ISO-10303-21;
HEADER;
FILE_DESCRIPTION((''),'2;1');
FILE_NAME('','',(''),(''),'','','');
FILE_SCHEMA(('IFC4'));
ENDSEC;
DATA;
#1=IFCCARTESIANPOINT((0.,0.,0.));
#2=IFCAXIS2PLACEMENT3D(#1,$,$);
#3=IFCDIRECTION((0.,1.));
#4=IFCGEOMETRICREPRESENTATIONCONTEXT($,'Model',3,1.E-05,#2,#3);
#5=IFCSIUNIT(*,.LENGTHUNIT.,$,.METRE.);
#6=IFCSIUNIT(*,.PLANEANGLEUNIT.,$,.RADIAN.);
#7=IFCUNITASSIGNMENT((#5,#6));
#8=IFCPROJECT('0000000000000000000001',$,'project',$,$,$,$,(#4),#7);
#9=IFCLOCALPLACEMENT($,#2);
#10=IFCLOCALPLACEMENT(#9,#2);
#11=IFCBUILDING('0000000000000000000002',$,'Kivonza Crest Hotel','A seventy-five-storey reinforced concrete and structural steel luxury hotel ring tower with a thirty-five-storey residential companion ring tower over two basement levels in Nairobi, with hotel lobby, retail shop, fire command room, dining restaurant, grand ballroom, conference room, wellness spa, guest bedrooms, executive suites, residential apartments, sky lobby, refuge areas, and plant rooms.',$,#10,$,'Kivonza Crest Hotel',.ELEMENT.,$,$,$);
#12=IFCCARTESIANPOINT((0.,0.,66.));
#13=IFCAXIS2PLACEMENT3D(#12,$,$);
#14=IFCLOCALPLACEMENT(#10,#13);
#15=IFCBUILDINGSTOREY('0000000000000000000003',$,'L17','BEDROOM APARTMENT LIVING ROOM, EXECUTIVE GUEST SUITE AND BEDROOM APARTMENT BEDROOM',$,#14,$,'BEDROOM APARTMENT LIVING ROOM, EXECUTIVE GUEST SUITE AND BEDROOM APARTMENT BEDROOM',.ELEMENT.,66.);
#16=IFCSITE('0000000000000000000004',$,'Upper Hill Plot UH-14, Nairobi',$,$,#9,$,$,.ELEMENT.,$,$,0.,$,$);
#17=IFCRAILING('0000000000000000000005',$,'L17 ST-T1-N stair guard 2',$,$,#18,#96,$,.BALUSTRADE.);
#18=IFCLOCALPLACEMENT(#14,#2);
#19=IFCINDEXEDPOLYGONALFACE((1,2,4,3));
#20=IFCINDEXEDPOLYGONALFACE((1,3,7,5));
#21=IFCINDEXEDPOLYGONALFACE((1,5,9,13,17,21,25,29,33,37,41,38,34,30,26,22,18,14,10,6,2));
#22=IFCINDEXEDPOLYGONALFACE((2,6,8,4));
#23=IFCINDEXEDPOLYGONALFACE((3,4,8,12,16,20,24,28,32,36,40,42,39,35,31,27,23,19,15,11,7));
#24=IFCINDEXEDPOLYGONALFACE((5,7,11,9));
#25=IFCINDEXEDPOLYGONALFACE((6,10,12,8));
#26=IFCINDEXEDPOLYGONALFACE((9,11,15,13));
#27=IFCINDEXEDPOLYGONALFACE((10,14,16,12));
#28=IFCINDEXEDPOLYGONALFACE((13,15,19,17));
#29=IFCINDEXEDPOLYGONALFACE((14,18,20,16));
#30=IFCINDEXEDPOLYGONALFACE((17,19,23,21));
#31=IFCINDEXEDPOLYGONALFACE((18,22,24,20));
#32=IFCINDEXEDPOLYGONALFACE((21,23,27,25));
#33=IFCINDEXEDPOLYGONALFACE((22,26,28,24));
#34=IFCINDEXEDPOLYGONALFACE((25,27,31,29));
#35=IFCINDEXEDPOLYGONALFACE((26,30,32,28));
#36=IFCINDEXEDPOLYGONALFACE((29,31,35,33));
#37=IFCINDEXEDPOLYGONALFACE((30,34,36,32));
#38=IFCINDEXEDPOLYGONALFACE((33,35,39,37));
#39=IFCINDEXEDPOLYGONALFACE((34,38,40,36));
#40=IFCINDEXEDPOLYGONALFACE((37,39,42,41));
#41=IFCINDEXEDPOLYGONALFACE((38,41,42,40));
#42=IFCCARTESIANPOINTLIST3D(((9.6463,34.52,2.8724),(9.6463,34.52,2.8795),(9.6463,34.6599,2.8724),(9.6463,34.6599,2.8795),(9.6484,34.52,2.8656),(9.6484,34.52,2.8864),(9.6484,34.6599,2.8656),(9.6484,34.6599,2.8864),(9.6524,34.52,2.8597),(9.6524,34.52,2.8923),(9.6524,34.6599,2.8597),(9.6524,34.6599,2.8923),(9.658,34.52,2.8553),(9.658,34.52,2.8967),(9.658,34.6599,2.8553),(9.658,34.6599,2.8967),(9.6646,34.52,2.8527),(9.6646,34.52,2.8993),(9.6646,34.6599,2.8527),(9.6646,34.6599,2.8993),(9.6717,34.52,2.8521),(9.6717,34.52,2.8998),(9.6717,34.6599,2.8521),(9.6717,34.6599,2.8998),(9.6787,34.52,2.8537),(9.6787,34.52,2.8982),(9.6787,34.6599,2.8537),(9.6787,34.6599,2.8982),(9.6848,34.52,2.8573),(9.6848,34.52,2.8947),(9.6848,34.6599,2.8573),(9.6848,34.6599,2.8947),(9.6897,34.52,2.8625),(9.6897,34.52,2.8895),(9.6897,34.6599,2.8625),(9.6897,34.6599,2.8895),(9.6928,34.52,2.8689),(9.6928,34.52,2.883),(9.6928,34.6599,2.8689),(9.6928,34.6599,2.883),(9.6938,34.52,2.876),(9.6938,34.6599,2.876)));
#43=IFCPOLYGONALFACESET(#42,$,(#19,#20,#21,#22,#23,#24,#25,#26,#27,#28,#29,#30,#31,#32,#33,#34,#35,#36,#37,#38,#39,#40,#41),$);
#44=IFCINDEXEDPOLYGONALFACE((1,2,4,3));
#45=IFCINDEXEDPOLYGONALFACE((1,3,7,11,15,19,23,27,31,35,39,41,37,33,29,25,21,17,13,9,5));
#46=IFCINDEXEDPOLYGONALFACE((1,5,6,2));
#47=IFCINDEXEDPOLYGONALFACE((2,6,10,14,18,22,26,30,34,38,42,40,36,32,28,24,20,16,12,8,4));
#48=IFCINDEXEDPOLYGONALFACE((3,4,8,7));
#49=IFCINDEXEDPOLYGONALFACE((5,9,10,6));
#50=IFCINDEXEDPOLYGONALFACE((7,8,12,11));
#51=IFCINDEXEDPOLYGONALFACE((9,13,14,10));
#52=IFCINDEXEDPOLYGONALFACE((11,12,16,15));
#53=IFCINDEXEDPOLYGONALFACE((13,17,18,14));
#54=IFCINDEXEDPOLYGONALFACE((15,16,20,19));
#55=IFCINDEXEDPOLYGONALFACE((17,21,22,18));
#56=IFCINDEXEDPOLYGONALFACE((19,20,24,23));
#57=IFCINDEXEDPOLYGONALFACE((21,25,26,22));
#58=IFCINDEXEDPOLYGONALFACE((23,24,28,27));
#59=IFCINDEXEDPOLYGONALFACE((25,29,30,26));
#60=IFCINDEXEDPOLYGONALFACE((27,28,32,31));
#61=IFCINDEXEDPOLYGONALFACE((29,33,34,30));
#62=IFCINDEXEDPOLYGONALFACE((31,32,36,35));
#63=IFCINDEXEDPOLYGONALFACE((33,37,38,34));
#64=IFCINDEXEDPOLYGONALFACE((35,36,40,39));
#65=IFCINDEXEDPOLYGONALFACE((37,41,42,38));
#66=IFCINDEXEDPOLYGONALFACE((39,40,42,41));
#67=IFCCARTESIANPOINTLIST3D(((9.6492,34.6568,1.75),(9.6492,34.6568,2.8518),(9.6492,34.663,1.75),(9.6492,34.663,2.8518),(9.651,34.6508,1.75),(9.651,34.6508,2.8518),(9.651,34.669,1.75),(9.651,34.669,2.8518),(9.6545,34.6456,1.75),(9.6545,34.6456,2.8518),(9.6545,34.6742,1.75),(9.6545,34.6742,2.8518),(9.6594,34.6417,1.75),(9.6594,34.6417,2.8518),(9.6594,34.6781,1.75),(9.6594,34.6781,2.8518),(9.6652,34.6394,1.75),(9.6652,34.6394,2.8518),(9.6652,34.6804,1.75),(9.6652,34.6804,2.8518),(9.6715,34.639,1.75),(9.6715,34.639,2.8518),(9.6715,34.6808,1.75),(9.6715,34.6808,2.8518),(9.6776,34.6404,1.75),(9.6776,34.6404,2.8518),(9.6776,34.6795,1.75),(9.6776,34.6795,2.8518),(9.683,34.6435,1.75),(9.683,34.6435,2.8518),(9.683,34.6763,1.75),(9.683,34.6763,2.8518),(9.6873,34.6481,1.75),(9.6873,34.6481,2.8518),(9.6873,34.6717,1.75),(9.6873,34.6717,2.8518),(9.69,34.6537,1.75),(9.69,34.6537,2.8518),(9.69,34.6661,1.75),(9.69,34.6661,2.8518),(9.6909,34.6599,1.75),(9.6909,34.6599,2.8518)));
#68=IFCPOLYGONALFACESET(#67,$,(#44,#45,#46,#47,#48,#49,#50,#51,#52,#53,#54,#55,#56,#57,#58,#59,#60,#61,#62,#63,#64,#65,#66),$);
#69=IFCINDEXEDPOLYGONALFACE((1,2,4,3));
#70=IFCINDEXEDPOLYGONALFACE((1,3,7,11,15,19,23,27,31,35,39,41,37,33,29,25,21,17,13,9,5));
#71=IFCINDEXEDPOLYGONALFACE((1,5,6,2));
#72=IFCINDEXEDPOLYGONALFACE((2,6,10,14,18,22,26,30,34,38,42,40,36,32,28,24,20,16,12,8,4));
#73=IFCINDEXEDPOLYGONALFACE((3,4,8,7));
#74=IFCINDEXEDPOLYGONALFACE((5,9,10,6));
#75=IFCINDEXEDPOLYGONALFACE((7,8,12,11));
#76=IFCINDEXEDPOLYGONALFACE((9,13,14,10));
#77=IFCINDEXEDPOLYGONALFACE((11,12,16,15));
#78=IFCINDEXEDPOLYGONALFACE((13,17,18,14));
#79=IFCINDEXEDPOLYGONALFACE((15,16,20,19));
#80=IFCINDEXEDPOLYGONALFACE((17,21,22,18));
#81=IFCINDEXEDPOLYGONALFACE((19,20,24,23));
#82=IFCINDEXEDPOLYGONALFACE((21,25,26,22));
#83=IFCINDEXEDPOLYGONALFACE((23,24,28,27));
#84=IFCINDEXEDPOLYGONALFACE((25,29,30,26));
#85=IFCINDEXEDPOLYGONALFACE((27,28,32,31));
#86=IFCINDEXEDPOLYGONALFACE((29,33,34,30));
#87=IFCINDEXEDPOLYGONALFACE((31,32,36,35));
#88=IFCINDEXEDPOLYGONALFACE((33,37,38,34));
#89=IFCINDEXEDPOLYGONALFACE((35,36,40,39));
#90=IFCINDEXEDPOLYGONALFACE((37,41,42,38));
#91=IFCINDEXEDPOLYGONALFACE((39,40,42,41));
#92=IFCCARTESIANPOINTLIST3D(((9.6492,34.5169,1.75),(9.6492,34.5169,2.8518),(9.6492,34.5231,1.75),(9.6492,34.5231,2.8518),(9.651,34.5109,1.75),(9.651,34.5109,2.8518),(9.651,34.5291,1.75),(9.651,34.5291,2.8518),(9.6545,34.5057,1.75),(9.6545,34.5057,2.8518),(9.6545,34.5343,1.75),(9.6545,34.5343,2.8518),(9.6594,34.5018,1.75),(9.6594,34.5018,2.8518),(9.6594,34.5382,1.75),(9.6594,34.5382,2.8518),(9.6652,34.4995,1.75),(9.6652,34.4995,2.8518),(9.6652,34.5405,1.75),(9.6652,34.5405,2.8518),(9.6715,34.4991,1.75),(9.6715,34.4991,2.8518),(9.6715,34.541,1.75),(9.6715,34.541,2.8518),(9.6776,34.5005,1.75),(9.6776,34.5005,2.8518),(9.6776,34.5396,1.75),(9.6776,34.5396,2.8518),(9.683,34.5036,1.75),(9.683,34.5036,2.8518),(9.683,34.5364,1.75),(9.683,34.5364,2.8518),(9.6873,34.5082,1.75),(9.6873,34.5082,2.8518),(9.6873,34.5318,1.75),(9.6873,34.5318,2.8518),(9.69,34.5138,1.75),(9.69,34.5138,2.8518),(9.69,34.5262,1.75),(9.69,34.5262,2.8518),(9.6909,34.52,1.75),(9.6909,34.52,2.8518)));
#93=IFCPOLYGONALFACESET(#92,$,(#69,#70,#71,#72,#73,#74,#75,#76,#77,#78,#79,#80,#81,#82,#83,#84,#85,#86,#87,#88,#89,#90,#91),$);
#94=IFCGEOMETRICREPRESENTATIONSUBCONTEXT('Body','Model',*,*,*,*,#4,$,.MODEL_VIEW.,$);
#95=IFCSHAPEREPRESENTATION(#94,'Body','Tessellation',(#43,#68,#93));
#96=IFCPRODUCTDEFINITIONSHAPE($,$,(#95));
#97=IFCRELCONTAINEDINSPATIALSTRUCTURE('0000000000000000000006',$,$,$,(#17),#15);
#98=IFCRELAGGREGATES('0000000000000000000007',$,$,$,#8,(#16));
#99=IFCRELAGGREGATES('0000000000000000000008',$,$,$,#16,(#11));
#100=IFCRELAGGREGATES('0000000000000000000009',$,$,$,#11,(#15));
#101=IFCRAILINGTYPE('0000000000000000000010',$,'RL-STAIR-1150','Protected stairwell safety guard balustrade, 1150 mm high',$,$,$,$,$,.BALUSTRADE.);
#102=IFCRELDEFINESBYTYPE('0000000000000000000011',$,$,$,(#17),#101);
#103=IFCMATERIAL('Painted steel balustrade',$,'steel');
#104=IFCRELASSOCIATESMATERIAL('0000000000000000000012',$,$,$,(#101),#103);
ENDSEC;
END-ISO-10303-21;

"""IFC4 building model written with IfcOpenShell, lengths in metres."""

from ifc_helpers import new_model, si_unit, direction, frame, origin, origin_2d, place, context, subcontext, project, spatial, circle, extrude, material, type_object, element, save


model = new_model("IFC4")

# Units and contexts
model_context = context("Model", 3, precision=1e-05, world=origin(), true_north=direction((0.0, 1.0)))
body_context = subcontext(model_context, "Body", "Model", "MODEL_VIEW")
ifc_project = project(units=[si_unit("LENGTHUNIT", "METRE"), si_unit("PLANEANGLEUNIT", "RADIAN")], contexts=[model_context])

# Site, building, storey
site_placement = place(None, origin())
site = spatial("IfcSite", under=ifc_project, at=site_placement, Name="Upper Hill Plot UH-14, Nairobi", CompositionType="ELEMENT", RefElevation=0.0)
building_placement = place(site_placement, origin())
building = spatial("IfcBuilding", under=site, at=building_placement, Name="Kivonza Crest Hotel", Description="A seventy-five-storey reinforced concrete and structural steel luxury hotel ring tower with a thirty-five-storey residential companion ring tower over two basement levels in Nairobi, with hotel lobby, retail shop, fire command room, dining restaurant, grand ballroom, conference room, wellness spa, guest bedrooms, executive suites, residential apartments, sky lobby, refuge areas, and plant rooms.", LongName="Kivonza Crest Hotel", CompositionType="ELEMENT")
storey_placement = place(building_placement, frame((0.0, 0.0, 66.0)))
storey = spatial("IfcBuildingStorey", under=building, at=storey_placement, Name="L17", Description="BEDROOM APARTMENT LIVING ROOM, EXECUTIVE GUEST SUITE AND BEDROOM APARTMENT BEDROOM", LongName="BEDROOM APARTMENT LIVING ROOM, EXECUTIVE GUEST SUITE AND BEDROOM APARTMENT BEDROOM", CompositionType="ELEMENT", Elevation=66.0)

# Railing
ifc_material_1 = material(Name="Painted steel balustrade", Category="steel")
railing_type_1 = type_object("IfcRailingType", Name="RL-STAIR-1150", Description="Protected stairwell safety guard balustrade, 1150 mm high", PredefinedType="BALUSTRADE", material=ifc_material_1)
railing_1_placement = place(storey_placement, frame((9.6699, 34.6599, 1.75)))
element("IfcRailing", 1, at=railing_1_placement, inside=storey, type_object=railing_type_1, Name="L17 ST-T1-N stair guard 2", PredefinedType="BALUSTRADE", context=body_context, shape_type="SweptSolid", body=[
    extrude(circle(Radius=0.0239, at=origin_2d()), frame((0.0, 0.0, 1.126), z_axis=(0.0, -1.0, 0.0), x_axis=(1.0, 0.0, 0.0)), (0.0, 0.0, 1.0), 0.1399),
    extrude(circle(Radius=0.021, at=origin_2d()), origin(), (0.0, 0.0, 1.0), 1.1018),
    extrude(circle(Radius=0.021, at=origin_2d()), frame((0.0, -0.1399, 0.0)), (0.0, 0.0, 1.0), 1.1018),
])

save(model, "model.ifc")
